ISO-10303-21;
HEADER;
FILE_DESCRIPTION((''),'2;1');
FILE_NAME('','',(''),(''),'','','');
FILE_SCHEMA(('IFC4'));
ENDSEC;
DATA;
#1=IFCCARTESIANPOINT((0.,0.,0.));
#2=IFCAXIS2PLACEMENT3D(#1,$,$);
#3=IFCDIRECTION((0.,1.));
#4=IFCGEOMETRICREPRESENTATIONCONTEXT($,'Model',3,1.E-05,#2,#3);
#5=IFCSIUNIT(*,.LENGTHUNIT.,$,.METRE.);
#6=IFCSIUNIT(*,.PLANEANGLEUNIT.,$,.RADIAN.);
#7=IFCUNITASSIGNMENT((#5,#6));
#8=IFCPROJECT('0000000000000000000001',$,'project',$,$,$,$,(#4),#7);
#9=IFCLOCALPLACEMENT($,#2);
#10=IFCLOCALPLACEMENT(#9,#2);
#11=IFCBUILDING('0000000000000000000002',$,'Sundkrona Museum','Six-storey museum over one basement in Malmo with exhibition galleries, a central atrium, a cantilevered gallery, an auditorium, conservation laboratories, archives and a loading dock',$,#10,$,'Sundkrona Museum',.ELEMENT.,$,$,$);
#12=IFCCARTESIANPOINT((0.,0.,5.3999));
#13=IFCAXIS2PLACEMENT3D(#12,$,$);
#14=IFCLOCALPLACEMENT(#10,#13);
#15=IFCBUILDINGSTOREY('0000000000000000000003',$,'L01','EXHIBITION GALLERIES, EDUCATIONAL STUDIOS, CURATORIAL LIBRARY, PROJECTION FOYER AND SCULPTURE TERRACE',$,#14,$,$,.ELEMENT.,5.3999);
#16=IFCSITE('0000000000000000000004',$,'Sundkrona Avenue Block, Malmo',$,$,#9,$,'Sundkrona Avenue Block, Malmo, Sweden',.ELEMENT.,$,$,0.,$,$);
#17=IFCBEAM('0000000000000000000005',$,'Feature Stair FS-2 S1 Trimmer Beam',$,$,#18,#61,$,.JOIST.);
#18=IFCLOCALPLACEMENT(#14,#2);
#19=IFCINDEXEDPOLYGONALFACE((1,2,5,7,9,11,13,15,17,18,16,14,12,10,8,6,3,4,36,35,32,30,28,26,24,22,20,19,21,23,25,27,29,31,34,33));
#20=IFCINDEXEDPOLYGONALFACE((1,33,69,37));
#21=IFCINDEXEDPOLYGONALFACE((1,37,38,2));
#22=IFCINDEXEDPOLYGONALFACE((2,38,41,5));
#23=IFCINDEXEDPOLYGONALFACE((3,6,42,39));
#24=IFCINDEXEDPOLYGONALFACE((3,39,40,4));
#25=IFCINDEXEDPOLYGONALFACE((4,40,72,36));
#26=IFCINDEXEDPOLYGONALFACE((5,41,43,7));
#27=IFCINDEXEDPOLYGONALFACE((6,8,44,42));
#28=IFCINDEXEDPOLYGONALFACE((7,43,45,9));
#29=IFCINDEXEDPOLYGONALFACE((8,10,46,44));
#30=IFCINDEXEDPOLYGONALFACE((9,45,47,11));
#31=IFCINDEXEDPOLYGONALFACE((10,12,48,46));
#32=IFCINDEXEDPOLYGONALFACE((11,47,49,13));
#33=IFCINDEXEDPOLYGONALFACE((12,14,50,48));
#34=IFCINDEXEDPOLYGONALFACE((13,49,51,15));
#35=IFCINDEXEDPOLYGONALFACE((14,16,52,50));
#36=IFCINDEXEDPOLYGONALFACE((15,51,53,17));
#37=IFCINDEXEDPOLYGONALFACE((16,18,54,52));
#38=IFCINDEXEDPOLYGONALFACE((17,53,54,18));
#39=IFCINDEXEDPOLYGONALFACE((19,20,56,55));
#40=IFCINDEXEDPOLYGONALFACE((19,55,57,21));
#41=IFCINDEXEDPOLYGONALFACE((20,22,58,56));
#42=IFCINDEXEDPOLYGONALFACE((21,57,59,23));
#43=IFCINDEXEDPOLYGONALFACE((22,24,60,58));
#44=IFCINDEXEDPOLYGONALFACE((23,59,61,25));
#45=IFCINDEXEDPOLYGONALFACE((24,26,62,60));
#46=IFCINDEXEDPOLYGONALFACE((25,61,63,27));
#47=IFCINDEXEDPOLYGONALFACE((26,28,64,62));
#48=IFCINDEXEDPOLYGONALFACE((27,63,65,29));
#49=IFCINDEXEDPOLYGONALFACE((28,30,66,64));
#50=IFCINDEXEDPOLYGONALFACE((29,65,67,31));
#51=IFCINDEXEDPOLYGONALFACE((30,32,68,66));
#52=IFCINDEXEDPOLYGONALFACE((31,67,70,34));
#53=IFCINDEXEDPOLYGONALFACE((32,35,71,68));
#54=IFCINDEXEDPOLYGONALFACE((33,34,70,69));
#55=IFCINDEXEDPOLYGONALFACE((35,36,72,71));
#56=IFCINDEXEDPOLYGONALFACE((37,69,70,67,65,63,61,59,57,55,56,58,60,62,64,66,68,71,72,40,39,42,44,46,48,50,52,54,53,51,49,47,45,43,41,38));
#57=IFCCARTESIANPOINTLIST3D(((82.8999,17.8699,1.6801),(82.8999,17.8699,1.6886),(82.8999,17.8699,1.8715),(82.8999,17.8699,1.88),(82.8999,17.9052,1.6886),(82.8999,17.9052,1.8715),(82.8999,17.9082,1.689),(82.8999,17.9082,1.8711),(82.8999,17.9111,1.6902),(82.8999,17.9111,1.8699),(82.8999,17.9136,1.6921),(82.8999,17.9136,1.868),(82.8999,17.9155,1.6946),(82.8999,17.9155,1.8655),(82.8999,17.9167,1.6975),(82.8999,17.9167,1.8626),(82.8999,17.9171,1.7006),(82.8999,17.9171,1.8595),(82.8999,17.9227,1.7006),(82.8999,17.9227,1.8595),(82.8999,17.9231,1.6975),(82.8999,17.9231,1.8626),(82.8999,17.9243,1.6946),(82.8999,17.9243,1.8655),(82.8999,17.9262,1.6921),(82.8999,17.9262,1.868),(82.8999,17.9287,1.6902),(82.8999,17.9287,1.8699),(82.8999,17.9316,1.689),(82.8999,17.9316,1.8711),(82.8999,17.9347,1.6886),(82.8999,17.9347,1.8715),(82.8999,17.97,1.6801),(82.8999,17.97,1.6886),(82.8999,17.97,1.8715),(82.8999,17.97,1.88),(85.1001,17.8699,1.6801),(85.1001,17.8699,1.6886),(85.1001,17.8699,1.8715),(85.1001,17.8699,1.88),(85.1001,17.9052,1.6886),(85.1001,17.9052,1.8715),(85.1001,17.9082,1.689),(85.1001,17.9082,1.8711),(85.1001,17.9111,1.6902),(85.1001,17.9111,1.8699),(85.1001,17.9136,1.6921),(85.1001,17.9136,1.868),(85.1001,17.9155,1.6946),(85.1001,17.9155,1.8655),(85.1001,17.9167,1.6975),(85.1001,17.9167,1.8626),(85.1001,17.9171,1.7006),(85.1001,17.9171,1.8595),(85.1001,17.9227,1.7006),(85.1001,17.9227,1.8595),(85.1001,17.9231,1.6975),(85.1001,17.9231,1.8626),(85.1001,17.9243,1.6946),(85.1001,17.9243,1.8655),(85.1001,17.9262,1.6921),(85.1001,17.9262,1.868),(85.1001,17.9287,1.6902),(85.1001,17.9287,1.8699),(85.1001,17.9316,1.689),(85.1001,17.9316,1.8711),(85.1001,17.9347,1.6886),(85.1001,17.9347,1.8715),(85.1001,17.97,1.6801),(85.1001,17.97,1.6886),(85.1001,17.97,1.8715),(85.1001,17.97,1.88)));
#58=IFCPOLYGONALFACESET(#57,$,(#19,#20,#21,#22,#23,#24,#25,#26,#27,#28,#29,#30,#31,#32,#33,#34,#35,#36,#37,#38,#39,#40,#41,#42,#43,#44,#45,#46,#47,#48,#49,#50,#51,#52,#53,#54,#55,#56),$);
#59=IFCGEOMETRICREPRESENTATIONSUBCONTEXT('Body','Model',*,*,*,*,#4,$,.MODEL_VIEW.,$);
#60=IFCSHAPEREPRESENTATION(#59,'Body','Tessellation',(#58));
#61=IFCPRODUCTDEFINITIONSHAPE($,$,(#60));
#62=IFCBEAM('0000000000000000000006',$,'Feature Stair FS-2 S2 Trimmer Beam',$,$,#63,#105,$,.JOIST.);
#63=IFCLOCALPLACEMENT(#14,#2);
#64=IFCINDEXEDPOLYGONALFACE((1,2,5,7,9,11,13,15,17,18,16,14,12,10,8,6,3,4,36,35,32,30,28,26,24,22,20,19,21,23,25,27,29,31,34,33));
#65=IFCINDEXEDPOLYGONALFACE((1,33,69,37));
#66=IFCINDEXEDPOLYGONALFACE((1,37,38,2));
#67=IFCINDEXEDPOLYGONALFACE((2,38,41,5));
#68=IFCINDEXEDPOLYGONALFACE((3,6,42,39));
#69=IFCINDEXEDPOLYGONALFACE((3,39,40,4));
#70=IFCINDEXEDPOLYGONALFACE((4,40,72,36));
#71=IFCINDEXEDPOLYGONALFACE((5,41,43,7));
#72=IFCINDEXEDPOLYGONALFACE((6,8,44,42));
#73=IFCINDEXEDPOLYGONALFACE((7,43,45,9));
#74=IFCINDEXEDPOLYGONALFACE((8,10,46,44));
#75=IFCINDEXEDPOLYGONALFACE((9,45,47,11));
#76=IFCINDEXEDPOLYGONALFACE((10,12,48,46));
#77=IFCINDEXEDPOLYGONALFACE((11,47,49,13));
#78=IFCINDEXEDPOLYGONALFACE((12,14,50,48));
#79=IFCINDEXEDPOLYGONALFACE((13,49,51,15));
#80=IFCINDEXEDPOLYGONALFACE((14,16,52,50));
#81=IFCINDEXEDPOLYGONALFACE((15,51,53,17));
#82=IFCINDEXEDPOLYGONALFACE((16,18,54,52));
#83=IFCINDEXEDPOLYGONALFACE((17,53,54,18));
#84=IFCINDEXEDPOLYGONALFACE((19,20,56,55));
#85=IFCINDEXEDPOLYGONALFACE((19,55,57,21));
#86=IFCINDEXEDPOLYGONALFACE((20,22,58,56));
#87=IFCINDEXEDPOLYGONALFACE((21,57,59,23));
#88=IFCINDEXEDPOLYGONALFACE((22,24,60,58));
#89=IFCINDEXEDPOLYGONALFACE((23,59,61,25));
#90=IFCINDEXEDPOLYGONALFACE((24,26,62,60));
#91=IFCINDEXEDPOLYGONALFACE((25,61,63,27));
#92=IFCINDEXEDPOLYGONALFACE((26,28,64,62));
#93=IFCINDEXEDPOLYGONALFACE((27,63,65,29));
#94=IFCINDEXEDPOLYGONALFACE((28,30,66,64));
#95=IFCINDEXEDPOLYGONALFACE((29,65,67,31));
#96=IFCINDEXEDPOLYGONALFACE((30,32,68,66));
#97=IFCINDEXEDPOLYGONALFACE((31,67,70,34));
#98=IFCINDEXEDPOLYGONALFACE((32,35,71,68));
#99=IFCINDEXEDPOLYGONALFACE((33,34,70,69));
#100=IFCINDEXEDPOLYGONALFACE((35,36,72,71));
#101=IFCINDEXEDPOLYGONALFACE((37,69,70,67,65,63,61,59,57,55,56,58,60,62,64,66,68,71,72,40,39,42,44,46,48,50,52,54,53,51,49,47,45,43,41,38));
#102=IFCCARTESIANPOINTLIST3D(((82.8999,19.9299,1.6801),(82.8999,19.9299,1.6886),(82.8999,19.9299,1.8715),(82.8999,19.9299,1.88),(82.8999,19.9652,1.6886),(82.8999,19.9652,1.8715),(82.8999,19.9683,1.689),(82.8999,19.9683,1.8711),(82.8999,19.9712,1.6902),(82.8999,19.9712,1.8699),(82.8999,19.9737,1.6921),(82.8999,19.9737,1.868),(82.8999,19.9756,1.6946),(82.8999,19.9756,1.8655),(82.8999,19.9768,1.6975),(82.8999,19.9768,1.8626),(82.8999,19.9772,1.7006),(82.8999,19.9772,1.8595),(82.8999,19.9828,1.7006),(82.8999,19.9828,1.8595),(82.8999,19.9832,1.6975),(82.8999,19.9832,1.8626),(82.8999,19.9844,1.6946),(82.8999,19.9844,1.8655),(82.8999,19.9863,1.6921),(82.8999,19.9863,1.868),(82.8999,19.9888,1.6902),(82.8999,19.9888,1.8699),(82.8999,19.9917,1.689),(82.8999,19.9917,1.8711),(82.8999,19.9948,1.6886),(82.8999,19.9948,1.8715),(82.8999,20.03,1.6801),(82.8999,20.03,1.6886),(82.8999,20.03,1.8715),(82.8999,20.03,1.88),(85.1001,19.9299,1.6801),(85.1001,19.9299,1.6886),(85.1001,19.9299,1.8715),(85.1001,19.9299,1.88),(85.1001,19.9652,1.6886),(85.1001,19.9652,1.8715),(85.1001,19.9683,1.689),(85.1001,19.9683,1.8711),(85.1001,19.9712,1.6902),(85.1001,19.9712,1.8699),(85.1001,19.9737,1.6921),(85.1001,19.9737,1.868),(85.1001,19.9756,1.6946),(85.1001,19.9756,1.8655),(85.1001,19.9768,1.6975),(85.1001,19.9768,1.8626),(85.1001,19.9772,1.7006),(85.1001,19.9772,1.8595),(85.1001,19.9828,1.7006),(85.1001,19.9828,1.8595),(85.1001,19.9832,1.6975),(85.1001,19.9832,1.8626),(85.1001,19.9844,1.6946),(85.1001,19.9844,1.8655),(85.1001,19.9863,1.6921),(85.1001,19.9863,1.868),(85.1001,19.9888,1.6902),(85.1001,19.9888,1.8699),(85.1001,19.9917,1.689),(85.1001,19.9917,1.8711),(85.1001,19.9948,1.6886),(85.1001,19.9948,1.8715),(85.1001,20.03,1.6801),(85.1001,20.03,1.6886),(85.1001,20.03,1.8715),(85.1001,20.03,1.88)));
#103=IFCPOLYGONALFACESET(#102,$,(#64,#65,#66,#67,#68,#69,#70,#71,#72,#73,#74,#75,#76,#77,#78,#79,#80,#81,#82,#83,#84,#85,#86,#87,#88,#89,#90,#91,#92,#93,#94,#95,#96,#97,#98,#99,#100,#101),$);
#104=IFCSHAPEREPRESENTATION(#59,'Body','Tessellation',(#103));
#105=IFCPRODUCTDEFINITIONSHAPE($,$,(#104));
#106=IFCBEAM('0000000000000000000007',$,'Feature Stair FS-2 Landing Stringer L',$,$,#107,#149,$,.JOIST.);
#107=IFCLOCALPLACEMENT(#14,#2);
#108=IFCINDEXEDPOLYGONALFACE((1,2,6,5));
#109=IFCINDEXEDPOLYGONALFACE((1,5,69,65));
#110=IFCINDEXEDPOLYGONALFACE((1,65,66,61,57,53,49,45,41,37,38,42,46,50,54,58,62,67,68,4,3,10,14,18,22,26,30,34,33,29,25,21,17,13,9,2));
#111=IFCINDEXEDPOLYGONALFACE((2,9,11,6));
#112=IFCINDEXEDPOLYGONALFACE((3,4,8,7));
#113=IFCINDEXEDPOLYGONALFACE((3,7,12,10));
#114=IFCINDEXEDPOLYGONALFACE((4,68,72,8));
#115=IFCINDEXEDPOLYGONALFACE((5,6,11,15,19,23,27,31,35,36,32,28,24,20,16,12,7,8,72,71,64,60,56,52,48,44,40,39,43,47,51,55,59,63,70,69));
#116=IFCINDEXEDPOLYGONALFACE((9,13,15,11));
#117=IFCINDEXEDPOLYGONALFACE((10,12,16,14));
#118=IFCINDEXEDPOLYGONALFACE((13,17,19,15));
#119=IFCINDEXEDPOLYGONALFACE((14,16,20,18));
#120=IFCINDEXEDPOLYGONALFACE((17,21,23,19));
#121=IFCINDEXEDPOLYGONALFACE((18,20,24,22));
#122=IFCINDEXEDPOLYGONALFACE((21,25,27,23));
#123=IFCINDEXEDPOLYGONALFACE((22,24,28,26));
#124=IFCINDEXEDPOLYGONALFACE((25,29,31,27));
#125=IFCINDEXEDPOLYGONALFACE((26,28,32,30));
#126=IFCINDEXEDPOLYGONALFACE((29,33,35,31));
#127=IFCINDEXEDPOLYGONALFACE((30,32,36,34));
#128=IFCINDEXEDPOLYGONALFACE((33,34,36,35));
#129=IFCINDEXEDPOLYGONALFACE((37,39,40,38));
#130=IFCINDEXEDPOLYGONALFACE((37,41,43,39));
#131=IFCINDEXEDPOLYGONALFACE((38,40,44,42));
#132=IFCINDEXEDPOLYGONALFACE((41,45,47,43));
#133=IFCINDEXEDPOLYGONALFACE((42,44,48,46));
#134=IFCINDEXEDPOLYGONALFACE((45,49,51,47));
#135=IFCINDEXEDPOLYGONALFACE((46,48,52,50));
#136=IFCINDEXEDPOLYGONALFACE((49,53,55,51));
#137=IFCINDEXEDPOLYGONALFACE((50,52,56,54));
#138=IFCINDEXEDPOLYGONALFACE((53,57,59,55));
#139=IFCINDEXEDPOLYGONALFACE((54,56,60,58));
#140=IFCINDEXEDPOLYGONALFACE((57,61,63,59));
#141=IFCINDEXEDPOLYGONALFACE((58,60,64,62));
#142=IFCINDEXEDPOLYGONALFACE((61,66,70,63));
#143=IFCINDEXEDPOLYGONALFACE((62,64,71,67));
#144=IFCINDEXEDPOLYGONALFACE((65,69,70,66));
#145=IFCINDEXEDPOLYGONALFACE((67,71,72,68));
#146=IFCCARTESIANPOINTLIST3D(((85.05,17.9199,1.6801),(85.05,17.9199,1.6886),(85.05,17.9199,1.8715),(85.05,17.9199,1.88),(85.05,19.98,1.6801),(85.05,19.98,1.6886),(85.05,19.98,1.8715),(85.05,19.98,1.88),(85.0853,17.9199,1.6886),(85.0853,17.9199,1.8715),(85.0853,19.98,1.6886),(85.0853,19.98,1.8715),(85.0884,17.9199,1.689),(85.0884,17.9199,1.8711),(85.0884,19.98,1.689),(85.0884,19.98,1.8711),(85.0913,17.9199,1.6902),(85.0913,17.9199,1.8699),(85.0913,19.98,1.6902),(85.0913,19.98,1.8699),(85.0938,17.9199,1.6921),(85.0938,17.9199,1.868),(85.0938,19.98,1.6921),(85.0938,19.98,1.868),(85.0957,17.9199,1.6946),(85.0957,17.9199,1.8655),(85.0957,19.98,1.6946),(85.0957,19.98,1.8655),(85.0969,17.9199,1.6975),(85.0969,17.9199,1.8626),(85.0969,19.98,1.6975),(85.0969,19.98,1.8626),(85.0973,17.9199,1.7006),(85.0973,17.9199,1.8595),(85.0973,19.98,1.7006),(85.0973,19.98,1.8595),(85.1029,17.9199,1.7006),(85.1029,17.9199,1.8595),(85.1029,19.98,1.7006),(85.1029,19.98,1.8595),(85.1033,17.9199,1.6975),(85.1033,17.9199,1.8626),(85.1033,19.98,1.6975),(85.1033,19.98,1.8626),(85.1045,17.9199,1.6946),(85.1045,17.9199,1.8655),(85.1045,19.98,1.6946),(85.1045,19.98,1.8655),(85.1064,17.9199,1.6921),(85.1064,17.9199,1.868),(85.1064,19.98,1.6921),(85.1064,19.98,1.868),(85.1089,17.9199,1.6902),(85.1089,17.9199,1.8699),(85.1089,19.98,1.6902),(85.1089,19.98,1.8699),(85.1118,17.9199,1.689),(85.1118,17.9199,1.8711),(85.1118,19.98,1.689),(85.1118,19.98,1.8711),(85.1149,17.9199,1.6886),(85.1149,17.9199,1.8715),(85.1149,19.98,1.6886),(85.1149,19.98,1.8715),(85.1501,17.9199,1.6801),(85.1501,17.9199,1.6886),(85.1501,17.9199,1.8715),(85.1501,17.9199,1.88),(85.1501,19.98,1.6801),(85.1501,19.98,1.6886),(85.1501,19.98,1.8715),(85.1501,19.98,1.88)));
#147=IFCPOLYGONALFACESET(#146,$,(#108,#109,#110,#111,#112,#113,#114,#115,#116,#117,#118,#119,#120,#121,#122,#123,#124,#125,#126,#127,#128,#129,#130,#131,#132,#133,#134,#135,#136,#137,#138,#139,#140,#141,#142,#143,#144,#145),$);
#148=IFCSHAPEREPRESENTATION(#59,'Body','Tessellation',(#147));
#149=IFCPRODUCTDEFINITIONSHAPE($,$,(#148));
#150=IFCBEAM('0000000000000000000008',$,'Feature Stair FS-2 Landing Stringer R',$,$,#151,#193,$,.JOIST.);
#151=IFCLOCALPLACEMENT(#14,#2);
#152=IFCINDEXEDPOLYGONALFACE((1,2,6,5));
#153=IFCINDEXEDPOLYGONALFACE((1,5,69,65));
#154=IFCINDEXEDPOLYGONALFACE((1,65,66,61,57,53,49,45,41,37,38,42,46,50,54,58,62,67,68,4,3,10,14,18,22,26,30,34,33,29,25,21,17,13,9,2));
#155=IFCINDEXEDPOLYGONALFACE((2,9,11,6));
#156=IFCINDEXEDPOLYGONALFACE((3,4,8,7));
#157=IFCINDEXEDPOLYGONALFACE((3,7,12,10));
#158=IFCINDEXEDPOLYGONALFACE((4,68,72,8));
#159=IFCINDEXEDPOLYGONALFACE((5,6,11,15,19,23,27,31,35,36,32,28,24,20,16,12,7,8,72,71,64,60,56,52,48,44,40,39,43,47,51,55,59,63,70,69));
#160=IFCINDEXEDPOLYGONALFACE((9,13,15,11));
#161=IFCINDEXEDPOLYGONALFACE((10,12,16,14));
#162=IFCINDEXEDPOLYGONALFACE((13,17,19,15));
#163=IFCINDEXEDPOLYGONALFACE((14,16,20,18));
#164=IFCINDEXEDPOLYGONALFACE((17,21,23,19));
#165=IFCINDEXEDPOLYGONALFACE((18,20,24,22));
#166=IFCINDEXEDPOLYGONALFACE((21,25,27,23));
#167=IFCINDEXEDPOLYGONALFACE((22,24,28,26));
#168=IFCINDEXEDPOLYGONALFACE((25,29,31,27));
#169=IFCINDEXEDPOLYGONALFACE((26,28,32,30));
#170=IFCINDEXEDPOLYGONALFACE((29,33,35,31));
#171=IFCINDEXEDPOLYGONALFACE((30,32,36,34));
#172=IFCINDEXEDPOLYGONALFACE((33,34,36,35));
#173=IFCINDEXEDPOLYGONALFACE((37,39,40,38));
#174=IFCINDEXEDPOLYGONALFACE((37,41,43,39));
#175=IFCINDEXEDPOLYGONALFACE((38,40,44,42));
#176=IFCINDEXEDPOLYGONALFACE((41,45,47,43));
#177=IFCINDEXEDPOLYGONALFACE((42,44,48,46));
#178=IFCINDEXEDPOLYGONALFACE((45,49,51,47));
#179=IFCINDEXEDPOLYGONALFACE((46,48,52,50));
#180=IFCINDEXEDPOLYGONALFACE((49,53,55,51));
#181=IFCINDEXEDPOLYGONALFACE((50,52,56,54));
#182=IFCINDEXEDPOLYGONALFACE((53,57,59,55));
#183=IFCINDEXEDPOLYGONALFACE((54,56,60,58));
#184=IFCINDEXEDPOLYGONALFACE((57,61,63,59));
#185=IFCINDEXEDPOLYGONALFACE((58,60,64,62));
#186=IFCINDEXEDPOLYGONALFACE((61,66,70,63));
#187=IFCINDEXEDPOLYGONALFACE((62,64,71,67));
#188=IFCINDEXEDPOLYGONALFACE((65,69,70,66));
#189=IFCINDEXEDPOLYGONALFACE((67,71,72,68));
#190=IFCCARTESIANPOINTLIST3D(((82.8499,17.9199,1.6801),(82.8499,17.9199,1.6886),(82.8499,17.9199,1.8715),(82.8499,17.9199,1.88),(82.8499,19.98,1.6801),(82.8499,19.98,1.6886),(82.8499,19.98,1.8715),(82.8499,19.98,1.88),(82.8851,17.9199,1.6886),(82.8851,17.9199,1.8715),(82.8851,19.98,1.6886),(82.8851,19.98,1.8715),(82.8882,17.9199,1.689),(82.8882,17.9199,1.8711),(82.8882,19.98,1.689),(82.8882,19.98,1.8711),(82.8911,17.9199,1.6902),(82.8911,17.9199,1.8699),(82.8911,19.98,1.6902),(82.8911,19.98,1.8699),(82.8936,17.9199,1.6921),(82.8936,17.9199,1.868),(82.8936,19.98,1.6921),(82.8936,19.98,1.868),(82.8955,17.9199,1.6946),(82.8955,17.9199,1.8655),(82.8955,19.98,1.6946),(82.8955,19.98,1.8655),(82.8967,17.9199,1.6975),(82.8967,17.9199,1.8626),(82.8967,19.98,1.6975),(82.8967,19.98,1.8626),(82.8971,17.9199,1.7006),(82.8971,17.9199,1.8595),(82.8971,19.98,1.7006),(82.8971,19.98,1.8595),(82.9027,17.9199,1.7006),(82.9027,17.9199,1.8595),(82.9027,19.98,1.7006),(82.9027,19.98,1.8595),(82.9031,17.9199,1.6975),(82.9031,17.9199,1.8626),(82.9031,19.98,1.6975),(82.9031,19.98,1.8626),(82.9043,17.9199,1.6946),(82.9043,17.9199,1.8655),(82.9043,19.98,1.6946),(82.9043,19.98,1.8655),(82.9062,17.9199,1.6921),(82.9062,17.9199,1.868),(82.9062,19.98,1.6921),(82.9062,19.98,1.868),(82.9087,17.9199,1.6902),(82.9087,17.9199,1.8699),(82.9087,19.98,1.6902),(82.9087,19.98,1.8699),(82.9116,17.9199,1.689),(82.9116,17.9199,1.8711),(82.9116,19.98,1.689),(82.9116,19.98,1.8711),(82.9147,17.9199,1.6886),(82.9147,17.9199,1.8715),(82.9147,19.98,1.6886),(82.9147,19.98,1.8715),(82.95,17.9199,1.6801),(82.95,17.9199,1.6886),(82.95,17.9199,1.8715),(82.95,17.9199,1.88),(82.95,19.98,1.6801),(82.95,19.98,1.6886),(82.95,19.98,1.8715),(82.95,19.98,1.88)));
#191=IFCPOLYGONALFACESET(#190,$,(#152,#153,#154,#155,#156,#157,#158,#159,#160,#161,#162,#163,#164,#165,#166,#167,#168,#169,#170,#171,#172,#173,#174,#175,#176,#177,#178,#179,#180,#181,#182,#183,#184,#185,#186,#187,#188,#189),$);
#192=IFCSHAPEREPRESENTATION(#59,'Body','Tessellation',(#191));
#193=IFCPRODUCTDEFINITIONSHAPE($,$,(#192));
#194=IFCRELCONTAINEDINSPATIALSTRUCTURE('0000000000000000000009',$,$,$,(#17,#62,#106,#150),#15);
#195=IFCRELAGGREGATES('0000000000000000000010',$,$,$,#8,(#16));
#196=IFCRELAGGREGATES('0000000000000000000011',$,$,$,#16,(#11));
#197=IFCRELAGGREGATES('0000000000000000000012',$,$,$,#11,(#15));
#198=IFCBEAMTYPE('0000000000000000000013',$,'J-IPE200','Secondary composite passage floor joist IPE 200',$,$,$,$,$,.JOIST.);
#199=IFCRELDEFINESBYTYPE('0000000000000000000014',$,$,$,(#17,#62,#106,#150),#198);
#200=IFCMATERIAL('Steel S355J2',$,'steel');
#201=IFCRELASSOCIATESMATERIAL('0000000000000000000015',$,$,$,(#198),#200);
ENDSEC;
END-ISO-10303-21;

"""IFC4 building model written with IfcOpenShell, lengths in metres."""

from ifc_helpers import new_model, si_unit, direction, frame, origin, origin_2d, place, context, subcontext, project, spatial, i_section, extrude, material, material_profile, profile_set, type_object, element, save


model = new_model("IFC4")

# Units and contexts
model_context = context("Model", 3, precision=1e-05, world=origin(), true_north=direction((0.0, 1.0)))
body_context = subcontext(model_context, "Body", "Model", "MODEL_VIEW")
ifc_project = project(units=[si_unit("LENGTHUNIT", "METRE"), si_unit("PLANEANGLEUNIT", "RADIAN")], contexts=[model_context])

# Site, building, storey
site_placement = place(None, origin())
site = spatial("IfcSite", under=ifc_project, at=site_placement, Name="Sundkrona Avenue Block, Malmo", LongName="Sundkrona Avenue Block, Malmo, Sweden", CompositionType="ELEMENT", RefElevation=0.0)
building_placement = place(site_placement, origin())
building = spatial("IfcBuilding", under=site, at=building_placement, Name="Sundkrona Museum", Description="Six-storey museum over one basement in Malmo with exhibition galleries, a central atrium, a cantilevered gallery, an auditorium, conservation laboratories, archives and a loading dock", LongName="Sundkrona Museum", CompositionType="ELEMENT")
storey_placement = place(building_placement, frame((0.0, 0.0, 5.3999)))
storey = spatial("IfcBuildingStorey", under=building, at=storey_placement, Name="L01", Description="EXHIBITION GALLERIES, EDUCATIONAL STUDIOS, CURATORIAL LIBRARY, PROJECTION FOYER AND SCULPTURE TERRACE", CompositionType="ELEMENT", Elevation=5.3999)

# Shared definitions
ifc_material_1 = material(Name="Steel S355J2", Category="steel")

# Beams
ifc_material_profile_1 = material_profile(ifc_material_1, i_section(OverallWidth=0.1001, OverallDepth=0.2, WebThickness=0.0056, FlangeThickness=0.0085, FilletRadius=0.012, at=origin_2d()), Name="IPE 200")
ifc_profile_set_1 = profile_set([ifc_material_profile_1], Name="Steel S355J2")
beam_type_1 = type_object("IfcBeamType", Name="J-IPE200", Description="Secondary composite passage floor joist IPE 200", PredefinedType="JOIST", material=ifc_profile_set_1)
for number, where, z_axis, x_axis, name in (
    (1, (85.1001, 17.9199, 1.78), (-1.0, 0.0, 0.0), (0.0, -1.0, 0.0), "Feature Stair FS-2 S1 Trimmer Beam"),
    (2, (85.1001, 19.98, 1.78), (-1.0, 0.0, 0.0), (0.0, -1.0, 0.0), "Feature Stair FS-2 S2 Trimmer Beam"),
):
    element("IfcBeam", number, at=place(storey_placement, frame(where, z_axis=z_axis, x_axis=x_axis)), inside=storey, type_object=beam_type_1, Name=name, PredefinedType="JOIST", context=body_context, shape_type="SweptSolid", body=[
        extrude(i_section(OverallWidth=0.1001, OverallDepth=0.2, WebThickness=0.0056, FlangeThickness=0.0085, FilletRadius=0.012, at=origin_2d()), origin(), (0.0, 0.0, 1.0), 2.2002),
    ])
for number, where, z_axis, x_axis, name in (
    (3, (85.1001, 17.9199, 1.78), (0.0, 1.0, 0.0), (-1.0, 0.0, 0.0), "Feature Stair FS-2 Landing Stringer L"),
    (4, (82.8999, 17.9199, 1.78), (0.0, 1.0, 0.0), (-1.0, 0.0, 0.0), "Feature Stair FS-2 Landing Stringer R"),
):
    element("IfcBeam", number, at=place(storey_placement, frame(where, z_axis=z_axis, x_axis=x_axis)), inside=storey, type_object=beam_type_1, Name=name, PredefinedType="JOIST", context=body_context, shape_type="SweptSolid", body=[
        extrude(i_section(OverallWidth=0.1001, OverallDepth=0.2, WebThickness=0.0056, FlangeThickness=0.0085, FilletRadius=0.012, at=origin_2d()), origin(), (0.0, 0.0, 1.0), 2.0601),
    ])

save(model, "model.ifc")
